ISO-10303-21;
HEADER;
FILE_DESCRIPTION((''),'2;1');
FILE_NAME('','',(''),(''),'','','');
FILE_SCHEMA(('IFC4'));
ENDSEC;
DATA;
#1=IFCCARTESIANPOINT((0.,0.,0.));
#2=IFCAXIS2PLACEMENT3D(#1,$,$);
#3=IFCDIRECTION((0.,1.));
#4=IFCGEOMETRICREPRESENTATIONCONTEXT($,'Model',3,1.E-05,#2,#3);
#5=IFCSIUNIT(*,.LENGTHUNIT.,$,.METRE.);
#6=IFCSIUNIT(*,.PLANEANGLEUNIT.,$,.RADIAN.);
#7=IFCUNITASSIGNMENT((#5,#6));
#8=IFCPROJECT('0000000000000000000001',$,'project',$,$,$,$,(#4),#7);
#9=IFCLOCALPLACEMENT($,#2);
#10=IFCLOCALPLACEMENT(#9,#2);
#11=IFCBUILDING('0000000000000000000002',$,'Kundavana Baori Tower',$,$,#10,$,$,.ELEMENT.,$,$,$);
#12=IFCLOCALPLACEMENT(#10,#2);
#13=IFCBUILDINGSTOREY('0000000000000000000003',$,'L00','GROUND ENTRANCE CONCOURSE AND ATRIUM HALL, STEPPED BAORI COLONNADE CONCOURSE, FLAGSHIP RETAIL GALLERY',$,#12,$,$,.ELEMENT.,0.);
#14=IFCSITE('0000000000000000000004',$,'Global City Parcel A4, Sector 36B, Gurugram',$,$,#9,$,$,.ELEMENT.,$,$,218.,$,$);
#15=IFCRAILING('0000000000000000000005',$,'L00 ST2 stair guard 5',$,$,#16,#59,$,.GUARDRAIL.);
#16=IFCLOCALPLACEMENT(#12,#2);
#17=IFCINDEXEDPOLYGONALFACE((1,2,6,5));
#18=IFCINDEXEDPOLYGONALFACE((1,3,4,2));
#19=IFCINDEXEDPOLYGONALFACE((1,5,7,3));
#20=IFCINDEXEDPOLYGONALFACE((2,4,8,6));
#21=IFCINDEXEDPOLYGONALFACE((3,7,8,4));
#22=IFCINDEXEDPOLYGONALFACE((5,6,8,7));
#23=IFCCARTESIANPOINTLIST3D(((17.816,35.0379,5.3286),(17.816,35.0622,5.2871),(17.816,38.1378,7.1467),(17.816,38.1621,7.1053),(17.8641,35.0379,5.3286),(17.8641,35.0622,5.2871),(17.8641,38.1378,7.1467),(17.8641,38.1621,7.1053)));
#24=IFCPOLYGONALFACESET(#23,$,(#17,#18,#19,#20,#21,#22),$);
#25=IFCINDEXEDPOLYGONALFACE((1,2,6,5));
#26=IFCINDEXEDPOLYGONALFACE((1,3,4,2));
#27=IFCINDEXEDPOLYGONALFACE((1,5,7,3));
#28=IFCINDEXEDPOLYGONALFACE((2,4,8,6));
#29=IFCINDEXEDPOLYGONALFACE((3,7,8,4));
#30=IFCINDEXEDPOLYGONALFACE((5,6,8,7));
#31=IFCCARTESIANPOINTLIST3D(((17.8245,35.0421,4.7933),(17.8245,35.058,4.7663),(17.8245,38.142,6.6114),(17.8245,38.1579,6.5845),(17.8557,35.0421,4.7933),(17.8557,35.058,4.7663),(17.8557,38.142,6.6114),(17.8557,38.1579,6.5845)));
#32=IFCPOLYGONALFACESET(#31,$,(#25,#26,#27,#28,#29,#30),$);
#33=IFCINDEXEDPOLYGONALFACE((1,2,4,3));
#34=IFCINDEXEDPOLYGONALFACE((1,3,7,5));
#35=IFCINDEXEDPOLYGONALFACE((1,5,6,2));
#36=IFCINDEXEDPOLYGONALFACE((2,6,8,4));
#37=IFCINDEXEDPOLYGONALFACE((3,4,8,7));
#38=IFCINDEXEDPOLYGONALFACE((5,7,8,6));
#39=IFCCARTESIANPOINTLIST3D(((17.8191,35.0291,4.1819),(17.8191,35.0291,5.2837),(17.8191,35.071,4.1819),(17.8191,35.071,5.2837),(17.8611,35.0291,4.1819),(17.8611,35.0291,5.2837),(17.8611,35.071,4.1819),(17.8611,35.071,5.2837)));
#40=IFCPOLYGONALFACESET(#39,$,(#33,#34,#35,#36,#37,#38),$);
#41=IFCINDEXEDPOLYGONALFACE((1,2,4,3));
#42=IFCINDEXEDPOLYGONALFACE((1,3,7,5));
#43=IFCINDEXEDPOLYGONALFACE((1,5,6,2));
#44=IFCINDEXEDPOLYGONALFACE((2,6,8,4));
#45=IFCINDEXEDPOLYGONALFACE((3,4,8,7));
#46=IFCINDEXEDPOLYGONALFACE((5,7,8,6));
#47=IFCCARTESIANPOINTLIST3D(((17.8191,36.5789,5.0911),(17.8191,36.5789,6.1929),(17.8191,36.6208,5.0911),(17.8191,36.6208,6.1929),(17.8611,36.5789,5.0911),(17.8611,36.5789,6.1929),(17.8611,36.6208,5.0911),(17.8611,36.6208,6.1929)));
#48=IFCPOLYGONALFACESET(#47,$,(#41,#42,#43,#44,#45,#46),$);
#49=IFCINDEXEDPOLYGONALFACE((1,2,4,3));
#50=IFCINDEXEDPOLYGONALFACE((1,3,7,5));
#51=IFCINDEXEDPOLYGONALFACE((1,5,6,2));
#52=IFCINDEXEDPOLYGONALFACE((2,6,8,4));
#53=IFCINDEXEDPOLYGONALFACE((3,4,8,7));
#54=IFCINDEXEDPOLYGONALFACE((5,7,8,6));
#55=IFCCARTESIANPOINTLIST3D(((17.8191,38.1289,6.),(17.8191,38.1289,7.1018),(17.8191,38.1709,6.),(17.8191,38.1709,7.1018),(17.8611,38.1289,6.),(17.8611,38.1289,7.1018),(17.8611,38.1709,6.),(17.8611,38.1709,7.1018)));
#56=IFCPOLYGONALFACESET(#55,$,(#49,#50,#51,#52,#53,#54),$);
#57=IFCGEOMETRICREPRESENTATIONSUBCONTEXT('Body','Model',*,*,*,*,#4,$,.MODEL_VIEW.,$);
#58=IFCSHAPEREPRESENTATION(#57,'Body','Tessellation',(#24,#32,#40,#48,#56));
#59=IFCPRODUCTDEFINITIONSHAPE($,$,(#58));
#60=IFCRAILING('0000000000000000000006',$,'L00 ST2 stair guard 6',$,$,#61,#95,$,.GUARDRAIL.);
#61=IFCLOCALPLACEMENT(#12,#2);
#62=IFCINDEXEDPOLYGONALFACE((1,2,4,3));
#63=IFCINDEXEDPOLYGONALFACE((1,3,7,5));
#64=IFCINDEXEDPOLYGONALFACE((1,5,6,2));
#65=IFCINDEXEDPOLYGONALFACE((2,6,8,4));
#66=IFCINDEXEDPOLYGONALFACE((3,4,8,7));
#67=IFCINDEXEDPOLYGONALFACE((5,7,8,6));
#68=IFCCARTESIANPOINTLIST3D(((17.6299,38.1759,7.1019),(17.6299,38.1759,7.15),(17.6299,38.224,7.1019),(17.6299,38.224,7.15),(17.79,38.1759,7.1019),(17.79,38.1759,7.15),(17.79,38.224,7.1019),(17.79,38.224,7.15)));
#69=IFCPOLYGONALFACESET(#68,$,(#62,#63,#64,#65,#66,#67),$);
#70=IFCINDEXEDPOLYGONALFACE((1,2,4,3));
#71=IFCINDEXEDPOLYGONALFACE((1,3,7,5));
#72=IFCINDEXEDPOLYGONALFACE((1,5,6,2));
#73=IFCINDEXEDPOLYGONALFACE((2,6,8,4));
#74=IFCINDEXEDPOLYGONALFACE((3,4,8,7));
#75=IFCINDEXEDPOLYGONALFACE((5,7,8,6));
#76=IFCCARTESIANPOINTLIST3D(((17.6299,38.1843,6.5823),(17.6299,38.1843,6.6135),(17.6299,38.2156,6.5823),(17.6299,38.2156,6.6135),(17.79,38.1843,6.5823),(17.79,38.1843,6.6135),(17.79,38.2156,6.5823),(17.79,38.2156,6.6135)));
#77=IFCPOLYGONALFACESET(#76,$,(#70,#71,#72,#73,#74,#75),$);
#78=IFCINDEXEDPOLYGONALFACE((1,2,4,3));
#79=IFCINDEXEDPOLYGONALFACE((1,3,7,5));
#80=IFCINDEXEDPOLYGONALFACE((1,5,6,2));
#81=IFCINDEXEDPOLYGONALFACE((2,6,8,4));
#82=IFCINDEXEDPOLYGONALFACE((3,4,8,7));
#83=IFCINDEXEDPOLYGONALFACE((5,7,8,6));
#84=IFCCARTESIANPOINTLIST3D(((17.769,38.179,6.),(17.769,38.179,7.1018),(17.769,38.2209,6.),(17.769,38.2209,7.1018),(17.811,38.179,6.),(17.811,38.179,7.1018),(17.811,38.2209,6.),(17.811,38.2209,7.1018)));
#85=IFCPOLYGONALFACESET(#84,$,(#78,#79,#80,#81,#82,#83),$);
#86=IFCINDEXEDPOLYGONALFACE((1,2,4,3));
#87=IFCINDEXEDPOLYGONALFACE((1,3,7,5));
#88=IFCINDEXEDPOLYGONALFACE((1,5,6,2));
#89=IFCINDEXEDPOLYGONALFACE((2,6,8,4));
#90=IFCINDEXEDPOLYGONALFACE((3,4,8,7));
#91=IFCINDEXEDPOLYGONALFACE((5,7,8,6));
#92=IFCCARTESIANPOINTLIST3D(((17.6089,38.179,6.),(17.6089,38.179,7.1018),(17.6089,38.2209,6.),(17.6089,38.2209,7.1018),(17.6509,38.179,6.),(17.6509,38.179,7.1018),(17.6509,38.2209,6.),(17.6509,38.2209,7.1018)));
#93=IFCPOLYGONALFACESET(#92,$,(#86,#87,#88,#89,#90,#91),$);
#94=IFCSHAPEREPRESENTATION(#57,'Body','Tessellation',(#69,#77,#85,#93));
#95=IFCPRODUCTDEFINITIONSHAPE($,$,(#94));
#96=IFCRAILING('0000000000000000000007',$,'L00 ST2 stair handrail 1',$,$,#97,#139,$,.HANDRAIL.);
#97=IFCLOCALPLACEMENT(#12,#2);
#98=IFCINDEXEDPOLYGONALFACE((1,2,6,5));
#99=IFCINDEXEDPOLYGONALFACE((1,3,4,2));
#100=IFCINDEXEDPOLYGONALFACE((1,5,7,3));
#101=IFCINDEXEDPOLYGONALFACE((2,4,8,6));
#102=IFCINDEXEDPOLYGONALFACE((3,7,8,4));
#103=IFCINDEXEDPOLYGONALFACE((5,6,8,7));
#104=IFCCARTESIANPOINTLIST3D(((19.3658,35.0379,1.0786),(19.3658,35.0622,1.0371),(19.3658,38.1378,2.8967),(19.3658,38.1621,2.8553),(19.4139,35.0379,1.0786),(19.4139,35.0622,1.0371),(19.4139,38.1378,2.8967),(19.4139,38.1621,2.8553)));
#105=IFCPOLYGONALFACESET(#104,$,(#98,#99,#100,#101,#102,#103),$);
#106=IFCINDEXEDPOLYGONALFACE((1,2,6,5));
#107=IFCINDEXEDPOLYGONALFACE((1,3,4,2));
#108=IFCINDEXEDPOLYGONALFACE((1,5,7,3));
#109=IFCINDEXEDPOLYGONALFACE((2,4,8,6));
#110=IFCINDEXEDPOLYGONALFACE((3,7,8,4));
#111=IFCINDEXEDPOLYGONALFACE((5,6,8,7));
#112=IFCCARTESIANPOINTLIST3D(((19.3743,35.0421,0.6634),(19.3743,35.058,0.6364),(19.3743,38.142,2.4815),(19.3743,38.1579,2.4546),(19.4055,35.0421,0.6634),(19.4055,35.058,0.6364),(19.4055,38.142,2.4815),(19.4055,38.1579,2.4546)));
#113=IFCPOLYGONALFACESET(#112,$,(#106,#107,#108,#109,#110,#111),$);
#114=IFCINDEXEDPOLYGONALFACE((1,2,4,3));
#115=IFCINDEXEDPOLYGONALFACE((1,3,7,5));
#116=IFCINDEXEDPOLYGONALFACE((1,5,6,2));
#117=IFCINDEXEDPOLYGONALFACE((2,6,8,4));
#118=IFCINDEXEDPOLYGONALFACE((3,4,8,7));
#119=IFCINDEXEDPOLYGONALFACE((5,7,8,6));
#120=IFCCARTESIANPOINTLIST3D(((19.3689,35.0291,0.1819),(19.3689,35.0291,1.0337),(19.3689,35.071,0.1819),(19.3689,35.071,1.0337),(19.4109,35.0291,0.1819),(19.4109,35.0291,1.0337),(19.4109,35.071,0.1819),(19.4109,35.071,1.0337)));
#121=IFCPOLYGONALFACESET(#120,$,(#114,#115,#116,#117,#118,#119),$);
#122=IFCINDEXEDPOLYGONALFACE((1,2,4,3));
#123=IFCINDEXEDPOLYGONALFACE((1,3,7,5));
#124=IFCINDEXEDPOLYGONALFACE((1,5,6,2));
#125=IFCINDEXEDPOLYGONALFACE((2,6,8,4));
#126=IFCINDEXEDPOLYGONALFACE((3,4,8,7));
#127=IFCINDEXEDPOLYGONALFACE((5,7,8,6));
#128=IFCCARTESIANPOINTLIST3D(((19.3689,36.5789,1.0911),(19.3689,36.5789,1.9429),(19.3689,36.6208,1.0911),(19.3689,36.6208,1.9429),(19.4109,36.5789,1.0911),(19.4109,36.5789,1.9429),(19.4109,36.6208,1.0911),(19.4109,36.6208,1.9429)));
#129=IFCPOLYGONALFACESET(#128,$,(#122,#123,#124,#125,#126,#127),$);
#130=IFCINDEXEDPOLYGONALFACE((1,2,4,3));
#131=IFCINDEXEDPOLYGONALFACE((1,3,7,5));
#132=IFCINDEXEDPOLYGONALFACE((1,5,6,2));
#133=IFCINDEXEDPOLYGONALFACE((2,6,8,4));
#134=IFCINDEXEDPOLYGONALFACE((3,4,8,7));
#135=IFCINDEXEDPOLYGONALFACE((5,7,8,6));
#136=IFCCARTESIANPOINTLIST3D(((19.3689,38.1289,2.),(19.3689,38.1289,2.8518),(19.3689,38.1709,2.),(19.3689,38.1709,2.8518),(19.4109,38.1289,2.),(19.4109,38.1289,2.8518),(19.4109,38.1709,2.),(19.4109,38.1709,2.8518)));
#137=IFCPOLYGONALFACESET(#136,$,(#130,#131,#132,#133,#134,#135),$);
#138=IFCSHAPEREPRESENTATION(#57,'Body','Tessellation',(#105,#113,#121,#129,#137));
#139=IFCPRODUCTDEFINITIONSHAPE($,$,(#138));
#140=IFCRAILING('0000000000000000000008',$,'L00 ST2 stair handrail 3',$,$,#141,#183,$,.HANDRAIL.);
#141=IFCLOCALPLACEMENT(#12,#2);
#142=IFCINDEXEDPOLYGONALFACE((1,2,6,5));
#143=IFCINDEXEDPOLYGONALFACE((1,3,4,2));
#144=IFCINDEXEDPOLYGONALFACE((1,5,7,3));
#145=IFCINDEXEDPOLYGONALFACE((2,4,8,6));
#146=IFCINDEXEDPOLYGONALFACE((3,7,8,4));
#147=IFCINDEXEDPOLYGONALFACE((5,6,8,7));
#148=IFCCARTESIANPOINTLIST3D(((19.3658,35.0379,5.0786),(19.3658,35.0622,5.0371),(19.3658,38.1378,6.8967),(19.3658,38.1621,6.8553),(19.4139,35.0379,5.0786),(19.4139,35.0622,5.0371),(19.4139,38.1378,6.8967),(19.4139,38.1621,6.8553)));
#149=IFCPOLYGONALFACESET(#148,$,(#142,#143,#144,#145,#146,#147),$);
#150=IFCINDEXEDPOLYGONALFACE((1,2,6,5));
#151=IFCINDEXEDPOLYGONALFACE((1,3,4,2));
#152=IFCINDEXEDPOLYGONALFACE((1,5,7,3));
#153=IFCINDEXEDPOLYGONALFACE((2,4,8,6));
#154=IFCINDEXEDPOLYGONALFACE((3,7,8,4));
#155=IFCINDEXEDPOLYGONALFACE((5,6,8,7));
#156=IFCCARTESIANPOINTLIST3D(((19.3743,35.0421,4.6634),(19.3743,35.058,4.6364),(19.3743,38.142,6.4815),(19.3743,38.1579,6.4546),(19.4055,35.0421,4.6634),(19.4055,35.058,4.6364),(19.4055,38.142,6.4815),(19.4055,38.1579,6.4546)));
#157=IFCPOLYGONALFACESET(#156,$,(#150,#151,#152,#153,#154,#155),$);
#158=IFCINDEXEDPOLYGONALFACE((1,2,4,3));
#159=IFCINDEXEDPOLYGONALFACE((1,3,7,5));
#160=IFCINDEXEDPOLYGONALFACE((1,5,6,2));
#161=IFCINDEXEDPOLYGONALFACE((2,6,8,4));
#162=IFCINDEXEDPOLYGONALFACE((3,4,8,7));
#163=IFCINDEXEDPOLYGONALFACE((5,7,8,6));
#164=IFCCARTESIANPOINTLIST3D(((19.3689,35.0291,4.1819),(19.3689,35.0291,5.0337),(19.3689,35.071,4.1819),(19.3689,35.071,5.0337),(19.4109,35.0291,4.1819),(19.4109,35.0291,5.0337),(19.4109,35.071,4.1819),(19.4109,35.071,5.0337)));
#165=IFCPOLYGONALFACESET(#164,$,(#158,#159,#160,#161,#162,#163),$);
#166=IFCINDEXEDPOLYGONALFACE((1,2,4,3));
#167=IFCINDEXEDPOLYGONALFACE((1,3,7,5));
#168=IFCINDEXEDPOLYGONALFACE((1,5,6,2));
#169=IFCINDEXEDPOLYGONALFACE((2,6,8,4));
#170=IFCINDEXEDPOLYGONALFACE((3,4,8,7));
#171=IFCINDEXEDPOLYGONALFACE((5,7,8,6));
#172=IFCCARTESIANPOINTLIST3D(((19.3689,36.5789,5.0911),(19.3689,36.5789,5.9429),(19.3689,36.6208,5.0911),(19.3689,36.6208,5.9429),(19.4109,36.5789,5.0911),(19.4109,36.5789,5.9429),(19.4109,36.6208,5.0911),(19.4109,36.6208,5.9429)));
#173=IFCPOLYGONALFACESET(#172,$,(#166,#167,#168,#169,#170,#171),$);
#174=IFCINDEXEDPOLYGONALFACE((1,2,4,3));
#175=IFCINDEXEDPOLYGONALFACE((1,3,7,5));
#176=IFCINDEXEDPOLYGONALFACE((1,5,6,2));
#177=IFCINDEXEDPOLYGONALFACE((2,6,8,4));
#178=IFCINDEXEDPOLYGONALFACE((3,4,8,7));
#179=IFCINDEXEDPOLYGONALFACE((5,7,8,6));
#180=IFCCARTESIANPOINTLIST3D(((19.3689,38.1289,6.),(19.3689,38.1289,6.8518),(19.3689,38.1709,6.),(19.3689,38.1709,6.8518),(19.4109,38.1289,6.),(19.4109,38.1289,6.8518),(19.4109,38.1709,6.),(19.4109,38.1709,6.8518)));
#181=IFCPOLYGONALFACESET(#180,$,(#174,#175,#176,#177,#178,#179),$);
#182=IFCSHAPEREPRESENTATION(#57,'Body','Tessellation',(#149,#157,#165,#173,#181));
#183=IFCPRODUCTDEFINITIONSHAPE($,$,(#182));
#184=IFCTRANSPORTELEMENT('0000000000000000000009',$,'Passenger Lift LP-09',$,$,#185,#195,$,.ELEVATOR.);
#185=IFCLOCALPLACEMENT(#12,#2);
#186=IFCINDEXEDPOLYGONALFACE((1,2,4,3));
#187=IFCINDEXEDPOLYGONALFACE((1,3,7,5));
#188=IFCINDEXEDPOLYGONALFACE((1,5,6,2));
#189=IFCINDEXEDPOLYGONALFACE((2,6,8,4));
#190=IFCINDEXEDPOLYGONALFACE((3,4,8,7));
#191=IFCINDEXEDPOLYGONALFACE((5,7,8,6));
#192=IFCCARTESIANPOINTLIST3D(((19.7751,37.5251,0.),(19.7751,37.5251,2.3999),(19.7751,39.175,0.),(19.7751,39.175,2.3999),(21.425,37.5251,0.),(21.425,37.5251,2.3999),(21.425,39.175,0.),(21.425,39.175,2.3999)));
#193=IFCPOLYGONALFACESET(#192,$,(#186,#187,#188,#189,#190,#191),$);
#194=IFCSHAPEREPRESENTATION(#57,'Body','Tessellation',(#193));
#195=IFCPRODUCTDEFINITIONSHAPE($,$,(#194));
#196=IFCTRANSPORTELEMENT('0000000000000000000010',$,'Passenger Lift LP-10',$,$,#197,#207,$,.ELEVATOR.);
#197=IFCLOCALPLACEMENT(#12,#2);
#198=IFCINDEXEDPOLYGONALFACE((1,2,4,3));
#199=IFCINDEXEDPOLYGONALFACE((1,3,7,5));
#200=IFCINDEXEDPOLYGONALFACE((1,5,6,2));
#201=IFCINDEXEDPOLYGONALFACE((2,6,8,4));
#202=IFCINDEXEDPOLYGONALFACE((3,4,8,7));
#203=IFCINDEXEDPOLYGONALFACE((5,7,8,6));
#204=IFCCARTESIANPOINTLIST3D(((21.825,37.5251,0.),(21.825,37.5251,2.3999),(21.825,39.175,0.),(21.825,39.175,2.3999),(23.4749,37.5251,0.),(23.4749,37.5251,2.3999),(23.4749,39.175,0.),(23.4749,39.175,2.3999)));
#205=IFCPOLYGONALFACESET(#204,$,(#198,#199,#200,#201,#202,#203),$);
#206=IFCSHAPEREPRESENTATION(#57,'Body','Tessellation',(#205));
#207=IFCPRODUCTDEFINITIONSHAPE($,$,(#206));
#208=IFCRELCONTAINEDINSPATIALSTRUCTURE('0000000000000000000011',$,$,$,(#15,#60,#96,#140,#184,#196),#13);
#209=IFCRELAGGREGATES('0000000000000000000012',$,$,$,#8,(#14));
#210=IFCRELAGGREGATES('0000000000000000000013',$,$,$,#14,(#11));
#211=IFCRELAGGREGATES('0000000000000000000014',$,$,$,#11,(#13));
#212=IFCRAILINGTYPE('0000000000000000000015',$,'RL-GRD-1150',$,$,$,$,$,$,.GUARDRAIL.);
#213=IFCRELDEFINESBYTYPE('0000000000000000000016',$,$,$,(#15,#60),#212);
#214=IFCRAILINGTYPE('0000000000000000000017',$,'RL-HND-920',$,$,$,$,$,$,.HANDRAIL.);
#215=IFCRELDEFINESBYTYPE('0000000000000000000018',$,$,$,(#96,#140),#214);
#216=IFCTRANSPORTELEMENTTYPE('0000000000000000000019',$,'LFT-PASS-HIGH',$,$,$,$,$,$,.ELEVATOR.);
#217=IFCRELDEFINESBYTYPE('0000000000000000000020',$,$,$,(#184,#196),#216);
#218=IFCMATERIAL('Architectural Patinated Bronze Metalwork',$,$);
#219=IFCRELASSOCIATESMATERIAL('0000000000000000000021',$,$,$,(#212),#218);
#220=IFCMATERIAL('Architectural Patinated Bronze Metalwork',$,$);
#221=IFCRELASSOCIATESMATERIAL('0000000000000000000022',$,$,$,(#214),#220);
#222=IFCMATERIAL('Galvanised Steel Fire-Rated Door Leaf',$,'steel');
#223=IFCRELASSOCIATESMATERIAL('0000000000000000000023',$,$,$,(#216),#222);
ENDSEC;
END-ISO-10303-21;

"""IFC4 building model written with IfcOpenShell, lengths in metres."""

from ifc_helpers import new_model, si_unit, direction, frame, origin, origin_2d, place, context, subcontext, project, spatial, rectangle, extrude, material, type_object, element, save


model = new_model("IFC4")

# Units and contexts
model_context = context("Model", 3, precision=1e-05, world=origin(), true_north=direction((0.0, 1.0)))
body_context = subcontext(model_context, "Body", "Model", "MODEL_VIEW")
ifc_project = project(units=[si_unit("LENGTHUNIT", "METRE"), si_unit("PLANEANGLEUNIT", "RADIAN")], contexts=[model_context])

# Site, building, storey
site_placement = place(None, origin())
site = spatial("IfcSite", under=ifc_project, at=site_placement, Name="Global City Parcel A4, Sector 36B, Gurugram", CompositionType="ELEMENT", RefElevation=218.0)
building_placement = place(site_placement, origin())
building = spatial("IfcBuilding", under=site, at=building_placement, Name="Kundavana Baori Tower", CompositionType="ELEMENT")
storey_placement = place(building_placement, origin())
storey = spatial("IfcBuildingStorey", under=building, at=storey_placement, Name="L00", Description="GROUND ENTRANCE CONCOURSE AND ATRIUM HALL, STEPPED BAORI COLONNADE CONCOURSE, FLAGSHIP RETAIL GALLERY", CompositionType="ELEMENT", Elevation=0.0)

# Railings
ifc_material_1 = material(Name="Architectural Patinated Bronze Metalwork")
railing_type_1 = type_object("IfcRailingType", Name="RL-GRD-1150", PredefinedType="GUARDRAIL", material=ifc_material_1)
railing_1_placement = place(storey_placement, frame((17.8401, 35.05, 4.1819)))
element("IfcRailing", 1, at=railing_1_placement, inside=storey, type_object=railing_type_1, Name="L00 ST2 stair guard 5", PredefinedType="GUARDRAIL", context=body_context, shape_type="SweptSolid", body=[
    extrude(rectangle(XDim=0.0481, YDim=0.0481, at=origin_2d()), frame((0.0, 0.0, 1.126), z_axis=(0.0, 0.862581, 0.505918), x_axis=(-1.0, 0.0, 0.0)), (0.0, 0.0, 1.0), 3.5938),
    extrude(rectangle(XDim=0.0312, YDim=0.0312, at=origin_2d()), frame((0.0, 0.0, 0.5979), z_axis=(0.0, 0.862581, 0.505918), x_axis=(-1.0, 0.0, 0.0)), (0.0, 0.0, 1.0), 3.5938),
    extrude(rectangle(XDim=0.042, YDim=0.042, at=origin_2d()), origin(), (0.0, 0.0, 1.0), 1.1018),
    extrude(rectangle(XDim=0.042, YDim=0.042, at=origin_2d()), frame((0.0, 1.5498, 0.9092)), (0.0, 0.0, 1.0), 1.1018),
    extrude(rectangle(XDim=0.042, YDim=0.042, at=origin_2d()), frame((0.0, 3.0999, 1.8181)), (0.0, 0.0, 1.0), 1.1018),
])
railing_2_placement = place(storey_placement, frame((17.79, 38.2, 6.0)))
element("IfcRailing", 2, at=railing_2_placement, inside=storey, type_object=railing_type_1, Name="L00 ST2 stair guard 6", PredefinedType="GUARDRAIL", context=body_context, shape_type="SweptSolid", body=[
    extrude(rectangle(XDim=0.0481, YDim=0.0481, at=origin_2d()), frame((0.0, 0.0, 1.126), z_axis=(-1.0, 0.0, 0.0), x_axis=(0.0, -1.0, 0.0)), (0.0, 0.0, 1.0), 0.1602),
    extrude(rectangle(XDim=0.0312, YDim=0.0312, at=origin_2d()), frame((0.0, 0.0, 0.5979), z_axis=(-1.0, 0.0, 0.0), x_axis=(0.0, -1.0, 0.0)), (0.0, 0.0, 1.0), 0.1602),
    extrude(rectangle(XDim=0.042, YDim=0.042, at=origin_2d()), origin(), (0.0, 0.0, 1.0), 1.1018),
    extrude(rectangle(XDim=0.042, YDim=0.042, at=origin_2d()), frame((-0.1602, 0.0, 0.0)), (0.0, 0.0, 1.0), 1.1018),
])
ifc_material_2 = material(Name="Architectural Patinated Bronze Metalwork")
railing_type_2 = type_object("IfcRailingType", Name="RL-HND-920", PredefinedType="HANDRAIL", material=ifc_material_2)
for number, where, name in (
    (3, (19.3899, 35.05, 0.1819), "L00 ST2 stair handrail 1"),
    (4, (19.3899, 35.05, 4.1819), "L00 ST2 stair handrail 3"),
):
    element("IfcRailing", number, at=place(storey_placement, frame(where)), inside=storey, type_object=railing_type_2, Name=name, PredefinedType="HANDRAIL", context=body_context, shape_type="SweptSolid", body=[
        extrude(rectangle(XDim=0.0481, YDim=0.0481, at=origin_2d()), frame((0.0, 0.0, 0.876), z_axis=(0.0, 0.862581, 0.505918), x_axis=(-1.0, 0.0, 0.0)), (0.0, 0.0, 1.0), 3.5938),
        extrude(rectangle(XDim=0.0312, YDim=0.0312, at=origin_2d()), frame((0.0, 0.0, 0.468), z_axis=(0.0, 0.862581, 0.505918), x_axis=(-1.0, 0.0, 0.0)), (0.0, 0.0, 1.0), 3.5938),
        extrude(rectangle(XDim=0.042, YDim=0.042, at=origin_2d()), origin(), (0.0, 0.0, 1.0), 0.8518),
        extrude(rectangle(XDim=0.042, YDim=0.042, at=origin_2d()), frame((0.0, 1.5498, 0.9092)), (0.0, 0.0, 1.0), 0.8518),
        extrude(rectangle(XDim=0.042, YDim=0.042, at=origin_2d()), frame((0.0, 3.0999, 1.8181)), (0.0, 0.0, 1.0), 0.8518),
    ])

# Transport elements
ifc_material_3 = material(Name="Galvanised Steel Fire-Rated Door Leaf", Category="steel")
transport_element_type = type_object("IfcTransportElementType", Name="LFT-PASS-HIGH", PredefinedType="ELEVATOR", material=ifc_material_3)
for number, where, z_axis, x_axis, name in (
    (5, (20.6001, 38.3501, 0.0), (0.0, 0.0, 1.0), (1.0, 0.0, 0.0), "Passenger Lift LP-09"),
    (6, (22.6499, 38.3501, 0.0), (0.0, 0.0, 1.0), (1.0, 0.0, 0.0), "Passenger Lift LP-10"),
):
    element("IfcTransportElement", number, at=place(storey_placement, frame(where, z_axis=z_axis, x_axis=x_axis)), inside=storey, type_object=transport_element_type, Name=name, PredefinedType="ELEVATOR", context=body_context, shape_type="SweptSolid", body=[
        extrude(rectangle(XDim=1.6499, YDim=1.6499, at=origin_2d()), origin(), (0.0, 0.0, 1.0), 2.3999),
    ])

save(model, "model.ifc")
